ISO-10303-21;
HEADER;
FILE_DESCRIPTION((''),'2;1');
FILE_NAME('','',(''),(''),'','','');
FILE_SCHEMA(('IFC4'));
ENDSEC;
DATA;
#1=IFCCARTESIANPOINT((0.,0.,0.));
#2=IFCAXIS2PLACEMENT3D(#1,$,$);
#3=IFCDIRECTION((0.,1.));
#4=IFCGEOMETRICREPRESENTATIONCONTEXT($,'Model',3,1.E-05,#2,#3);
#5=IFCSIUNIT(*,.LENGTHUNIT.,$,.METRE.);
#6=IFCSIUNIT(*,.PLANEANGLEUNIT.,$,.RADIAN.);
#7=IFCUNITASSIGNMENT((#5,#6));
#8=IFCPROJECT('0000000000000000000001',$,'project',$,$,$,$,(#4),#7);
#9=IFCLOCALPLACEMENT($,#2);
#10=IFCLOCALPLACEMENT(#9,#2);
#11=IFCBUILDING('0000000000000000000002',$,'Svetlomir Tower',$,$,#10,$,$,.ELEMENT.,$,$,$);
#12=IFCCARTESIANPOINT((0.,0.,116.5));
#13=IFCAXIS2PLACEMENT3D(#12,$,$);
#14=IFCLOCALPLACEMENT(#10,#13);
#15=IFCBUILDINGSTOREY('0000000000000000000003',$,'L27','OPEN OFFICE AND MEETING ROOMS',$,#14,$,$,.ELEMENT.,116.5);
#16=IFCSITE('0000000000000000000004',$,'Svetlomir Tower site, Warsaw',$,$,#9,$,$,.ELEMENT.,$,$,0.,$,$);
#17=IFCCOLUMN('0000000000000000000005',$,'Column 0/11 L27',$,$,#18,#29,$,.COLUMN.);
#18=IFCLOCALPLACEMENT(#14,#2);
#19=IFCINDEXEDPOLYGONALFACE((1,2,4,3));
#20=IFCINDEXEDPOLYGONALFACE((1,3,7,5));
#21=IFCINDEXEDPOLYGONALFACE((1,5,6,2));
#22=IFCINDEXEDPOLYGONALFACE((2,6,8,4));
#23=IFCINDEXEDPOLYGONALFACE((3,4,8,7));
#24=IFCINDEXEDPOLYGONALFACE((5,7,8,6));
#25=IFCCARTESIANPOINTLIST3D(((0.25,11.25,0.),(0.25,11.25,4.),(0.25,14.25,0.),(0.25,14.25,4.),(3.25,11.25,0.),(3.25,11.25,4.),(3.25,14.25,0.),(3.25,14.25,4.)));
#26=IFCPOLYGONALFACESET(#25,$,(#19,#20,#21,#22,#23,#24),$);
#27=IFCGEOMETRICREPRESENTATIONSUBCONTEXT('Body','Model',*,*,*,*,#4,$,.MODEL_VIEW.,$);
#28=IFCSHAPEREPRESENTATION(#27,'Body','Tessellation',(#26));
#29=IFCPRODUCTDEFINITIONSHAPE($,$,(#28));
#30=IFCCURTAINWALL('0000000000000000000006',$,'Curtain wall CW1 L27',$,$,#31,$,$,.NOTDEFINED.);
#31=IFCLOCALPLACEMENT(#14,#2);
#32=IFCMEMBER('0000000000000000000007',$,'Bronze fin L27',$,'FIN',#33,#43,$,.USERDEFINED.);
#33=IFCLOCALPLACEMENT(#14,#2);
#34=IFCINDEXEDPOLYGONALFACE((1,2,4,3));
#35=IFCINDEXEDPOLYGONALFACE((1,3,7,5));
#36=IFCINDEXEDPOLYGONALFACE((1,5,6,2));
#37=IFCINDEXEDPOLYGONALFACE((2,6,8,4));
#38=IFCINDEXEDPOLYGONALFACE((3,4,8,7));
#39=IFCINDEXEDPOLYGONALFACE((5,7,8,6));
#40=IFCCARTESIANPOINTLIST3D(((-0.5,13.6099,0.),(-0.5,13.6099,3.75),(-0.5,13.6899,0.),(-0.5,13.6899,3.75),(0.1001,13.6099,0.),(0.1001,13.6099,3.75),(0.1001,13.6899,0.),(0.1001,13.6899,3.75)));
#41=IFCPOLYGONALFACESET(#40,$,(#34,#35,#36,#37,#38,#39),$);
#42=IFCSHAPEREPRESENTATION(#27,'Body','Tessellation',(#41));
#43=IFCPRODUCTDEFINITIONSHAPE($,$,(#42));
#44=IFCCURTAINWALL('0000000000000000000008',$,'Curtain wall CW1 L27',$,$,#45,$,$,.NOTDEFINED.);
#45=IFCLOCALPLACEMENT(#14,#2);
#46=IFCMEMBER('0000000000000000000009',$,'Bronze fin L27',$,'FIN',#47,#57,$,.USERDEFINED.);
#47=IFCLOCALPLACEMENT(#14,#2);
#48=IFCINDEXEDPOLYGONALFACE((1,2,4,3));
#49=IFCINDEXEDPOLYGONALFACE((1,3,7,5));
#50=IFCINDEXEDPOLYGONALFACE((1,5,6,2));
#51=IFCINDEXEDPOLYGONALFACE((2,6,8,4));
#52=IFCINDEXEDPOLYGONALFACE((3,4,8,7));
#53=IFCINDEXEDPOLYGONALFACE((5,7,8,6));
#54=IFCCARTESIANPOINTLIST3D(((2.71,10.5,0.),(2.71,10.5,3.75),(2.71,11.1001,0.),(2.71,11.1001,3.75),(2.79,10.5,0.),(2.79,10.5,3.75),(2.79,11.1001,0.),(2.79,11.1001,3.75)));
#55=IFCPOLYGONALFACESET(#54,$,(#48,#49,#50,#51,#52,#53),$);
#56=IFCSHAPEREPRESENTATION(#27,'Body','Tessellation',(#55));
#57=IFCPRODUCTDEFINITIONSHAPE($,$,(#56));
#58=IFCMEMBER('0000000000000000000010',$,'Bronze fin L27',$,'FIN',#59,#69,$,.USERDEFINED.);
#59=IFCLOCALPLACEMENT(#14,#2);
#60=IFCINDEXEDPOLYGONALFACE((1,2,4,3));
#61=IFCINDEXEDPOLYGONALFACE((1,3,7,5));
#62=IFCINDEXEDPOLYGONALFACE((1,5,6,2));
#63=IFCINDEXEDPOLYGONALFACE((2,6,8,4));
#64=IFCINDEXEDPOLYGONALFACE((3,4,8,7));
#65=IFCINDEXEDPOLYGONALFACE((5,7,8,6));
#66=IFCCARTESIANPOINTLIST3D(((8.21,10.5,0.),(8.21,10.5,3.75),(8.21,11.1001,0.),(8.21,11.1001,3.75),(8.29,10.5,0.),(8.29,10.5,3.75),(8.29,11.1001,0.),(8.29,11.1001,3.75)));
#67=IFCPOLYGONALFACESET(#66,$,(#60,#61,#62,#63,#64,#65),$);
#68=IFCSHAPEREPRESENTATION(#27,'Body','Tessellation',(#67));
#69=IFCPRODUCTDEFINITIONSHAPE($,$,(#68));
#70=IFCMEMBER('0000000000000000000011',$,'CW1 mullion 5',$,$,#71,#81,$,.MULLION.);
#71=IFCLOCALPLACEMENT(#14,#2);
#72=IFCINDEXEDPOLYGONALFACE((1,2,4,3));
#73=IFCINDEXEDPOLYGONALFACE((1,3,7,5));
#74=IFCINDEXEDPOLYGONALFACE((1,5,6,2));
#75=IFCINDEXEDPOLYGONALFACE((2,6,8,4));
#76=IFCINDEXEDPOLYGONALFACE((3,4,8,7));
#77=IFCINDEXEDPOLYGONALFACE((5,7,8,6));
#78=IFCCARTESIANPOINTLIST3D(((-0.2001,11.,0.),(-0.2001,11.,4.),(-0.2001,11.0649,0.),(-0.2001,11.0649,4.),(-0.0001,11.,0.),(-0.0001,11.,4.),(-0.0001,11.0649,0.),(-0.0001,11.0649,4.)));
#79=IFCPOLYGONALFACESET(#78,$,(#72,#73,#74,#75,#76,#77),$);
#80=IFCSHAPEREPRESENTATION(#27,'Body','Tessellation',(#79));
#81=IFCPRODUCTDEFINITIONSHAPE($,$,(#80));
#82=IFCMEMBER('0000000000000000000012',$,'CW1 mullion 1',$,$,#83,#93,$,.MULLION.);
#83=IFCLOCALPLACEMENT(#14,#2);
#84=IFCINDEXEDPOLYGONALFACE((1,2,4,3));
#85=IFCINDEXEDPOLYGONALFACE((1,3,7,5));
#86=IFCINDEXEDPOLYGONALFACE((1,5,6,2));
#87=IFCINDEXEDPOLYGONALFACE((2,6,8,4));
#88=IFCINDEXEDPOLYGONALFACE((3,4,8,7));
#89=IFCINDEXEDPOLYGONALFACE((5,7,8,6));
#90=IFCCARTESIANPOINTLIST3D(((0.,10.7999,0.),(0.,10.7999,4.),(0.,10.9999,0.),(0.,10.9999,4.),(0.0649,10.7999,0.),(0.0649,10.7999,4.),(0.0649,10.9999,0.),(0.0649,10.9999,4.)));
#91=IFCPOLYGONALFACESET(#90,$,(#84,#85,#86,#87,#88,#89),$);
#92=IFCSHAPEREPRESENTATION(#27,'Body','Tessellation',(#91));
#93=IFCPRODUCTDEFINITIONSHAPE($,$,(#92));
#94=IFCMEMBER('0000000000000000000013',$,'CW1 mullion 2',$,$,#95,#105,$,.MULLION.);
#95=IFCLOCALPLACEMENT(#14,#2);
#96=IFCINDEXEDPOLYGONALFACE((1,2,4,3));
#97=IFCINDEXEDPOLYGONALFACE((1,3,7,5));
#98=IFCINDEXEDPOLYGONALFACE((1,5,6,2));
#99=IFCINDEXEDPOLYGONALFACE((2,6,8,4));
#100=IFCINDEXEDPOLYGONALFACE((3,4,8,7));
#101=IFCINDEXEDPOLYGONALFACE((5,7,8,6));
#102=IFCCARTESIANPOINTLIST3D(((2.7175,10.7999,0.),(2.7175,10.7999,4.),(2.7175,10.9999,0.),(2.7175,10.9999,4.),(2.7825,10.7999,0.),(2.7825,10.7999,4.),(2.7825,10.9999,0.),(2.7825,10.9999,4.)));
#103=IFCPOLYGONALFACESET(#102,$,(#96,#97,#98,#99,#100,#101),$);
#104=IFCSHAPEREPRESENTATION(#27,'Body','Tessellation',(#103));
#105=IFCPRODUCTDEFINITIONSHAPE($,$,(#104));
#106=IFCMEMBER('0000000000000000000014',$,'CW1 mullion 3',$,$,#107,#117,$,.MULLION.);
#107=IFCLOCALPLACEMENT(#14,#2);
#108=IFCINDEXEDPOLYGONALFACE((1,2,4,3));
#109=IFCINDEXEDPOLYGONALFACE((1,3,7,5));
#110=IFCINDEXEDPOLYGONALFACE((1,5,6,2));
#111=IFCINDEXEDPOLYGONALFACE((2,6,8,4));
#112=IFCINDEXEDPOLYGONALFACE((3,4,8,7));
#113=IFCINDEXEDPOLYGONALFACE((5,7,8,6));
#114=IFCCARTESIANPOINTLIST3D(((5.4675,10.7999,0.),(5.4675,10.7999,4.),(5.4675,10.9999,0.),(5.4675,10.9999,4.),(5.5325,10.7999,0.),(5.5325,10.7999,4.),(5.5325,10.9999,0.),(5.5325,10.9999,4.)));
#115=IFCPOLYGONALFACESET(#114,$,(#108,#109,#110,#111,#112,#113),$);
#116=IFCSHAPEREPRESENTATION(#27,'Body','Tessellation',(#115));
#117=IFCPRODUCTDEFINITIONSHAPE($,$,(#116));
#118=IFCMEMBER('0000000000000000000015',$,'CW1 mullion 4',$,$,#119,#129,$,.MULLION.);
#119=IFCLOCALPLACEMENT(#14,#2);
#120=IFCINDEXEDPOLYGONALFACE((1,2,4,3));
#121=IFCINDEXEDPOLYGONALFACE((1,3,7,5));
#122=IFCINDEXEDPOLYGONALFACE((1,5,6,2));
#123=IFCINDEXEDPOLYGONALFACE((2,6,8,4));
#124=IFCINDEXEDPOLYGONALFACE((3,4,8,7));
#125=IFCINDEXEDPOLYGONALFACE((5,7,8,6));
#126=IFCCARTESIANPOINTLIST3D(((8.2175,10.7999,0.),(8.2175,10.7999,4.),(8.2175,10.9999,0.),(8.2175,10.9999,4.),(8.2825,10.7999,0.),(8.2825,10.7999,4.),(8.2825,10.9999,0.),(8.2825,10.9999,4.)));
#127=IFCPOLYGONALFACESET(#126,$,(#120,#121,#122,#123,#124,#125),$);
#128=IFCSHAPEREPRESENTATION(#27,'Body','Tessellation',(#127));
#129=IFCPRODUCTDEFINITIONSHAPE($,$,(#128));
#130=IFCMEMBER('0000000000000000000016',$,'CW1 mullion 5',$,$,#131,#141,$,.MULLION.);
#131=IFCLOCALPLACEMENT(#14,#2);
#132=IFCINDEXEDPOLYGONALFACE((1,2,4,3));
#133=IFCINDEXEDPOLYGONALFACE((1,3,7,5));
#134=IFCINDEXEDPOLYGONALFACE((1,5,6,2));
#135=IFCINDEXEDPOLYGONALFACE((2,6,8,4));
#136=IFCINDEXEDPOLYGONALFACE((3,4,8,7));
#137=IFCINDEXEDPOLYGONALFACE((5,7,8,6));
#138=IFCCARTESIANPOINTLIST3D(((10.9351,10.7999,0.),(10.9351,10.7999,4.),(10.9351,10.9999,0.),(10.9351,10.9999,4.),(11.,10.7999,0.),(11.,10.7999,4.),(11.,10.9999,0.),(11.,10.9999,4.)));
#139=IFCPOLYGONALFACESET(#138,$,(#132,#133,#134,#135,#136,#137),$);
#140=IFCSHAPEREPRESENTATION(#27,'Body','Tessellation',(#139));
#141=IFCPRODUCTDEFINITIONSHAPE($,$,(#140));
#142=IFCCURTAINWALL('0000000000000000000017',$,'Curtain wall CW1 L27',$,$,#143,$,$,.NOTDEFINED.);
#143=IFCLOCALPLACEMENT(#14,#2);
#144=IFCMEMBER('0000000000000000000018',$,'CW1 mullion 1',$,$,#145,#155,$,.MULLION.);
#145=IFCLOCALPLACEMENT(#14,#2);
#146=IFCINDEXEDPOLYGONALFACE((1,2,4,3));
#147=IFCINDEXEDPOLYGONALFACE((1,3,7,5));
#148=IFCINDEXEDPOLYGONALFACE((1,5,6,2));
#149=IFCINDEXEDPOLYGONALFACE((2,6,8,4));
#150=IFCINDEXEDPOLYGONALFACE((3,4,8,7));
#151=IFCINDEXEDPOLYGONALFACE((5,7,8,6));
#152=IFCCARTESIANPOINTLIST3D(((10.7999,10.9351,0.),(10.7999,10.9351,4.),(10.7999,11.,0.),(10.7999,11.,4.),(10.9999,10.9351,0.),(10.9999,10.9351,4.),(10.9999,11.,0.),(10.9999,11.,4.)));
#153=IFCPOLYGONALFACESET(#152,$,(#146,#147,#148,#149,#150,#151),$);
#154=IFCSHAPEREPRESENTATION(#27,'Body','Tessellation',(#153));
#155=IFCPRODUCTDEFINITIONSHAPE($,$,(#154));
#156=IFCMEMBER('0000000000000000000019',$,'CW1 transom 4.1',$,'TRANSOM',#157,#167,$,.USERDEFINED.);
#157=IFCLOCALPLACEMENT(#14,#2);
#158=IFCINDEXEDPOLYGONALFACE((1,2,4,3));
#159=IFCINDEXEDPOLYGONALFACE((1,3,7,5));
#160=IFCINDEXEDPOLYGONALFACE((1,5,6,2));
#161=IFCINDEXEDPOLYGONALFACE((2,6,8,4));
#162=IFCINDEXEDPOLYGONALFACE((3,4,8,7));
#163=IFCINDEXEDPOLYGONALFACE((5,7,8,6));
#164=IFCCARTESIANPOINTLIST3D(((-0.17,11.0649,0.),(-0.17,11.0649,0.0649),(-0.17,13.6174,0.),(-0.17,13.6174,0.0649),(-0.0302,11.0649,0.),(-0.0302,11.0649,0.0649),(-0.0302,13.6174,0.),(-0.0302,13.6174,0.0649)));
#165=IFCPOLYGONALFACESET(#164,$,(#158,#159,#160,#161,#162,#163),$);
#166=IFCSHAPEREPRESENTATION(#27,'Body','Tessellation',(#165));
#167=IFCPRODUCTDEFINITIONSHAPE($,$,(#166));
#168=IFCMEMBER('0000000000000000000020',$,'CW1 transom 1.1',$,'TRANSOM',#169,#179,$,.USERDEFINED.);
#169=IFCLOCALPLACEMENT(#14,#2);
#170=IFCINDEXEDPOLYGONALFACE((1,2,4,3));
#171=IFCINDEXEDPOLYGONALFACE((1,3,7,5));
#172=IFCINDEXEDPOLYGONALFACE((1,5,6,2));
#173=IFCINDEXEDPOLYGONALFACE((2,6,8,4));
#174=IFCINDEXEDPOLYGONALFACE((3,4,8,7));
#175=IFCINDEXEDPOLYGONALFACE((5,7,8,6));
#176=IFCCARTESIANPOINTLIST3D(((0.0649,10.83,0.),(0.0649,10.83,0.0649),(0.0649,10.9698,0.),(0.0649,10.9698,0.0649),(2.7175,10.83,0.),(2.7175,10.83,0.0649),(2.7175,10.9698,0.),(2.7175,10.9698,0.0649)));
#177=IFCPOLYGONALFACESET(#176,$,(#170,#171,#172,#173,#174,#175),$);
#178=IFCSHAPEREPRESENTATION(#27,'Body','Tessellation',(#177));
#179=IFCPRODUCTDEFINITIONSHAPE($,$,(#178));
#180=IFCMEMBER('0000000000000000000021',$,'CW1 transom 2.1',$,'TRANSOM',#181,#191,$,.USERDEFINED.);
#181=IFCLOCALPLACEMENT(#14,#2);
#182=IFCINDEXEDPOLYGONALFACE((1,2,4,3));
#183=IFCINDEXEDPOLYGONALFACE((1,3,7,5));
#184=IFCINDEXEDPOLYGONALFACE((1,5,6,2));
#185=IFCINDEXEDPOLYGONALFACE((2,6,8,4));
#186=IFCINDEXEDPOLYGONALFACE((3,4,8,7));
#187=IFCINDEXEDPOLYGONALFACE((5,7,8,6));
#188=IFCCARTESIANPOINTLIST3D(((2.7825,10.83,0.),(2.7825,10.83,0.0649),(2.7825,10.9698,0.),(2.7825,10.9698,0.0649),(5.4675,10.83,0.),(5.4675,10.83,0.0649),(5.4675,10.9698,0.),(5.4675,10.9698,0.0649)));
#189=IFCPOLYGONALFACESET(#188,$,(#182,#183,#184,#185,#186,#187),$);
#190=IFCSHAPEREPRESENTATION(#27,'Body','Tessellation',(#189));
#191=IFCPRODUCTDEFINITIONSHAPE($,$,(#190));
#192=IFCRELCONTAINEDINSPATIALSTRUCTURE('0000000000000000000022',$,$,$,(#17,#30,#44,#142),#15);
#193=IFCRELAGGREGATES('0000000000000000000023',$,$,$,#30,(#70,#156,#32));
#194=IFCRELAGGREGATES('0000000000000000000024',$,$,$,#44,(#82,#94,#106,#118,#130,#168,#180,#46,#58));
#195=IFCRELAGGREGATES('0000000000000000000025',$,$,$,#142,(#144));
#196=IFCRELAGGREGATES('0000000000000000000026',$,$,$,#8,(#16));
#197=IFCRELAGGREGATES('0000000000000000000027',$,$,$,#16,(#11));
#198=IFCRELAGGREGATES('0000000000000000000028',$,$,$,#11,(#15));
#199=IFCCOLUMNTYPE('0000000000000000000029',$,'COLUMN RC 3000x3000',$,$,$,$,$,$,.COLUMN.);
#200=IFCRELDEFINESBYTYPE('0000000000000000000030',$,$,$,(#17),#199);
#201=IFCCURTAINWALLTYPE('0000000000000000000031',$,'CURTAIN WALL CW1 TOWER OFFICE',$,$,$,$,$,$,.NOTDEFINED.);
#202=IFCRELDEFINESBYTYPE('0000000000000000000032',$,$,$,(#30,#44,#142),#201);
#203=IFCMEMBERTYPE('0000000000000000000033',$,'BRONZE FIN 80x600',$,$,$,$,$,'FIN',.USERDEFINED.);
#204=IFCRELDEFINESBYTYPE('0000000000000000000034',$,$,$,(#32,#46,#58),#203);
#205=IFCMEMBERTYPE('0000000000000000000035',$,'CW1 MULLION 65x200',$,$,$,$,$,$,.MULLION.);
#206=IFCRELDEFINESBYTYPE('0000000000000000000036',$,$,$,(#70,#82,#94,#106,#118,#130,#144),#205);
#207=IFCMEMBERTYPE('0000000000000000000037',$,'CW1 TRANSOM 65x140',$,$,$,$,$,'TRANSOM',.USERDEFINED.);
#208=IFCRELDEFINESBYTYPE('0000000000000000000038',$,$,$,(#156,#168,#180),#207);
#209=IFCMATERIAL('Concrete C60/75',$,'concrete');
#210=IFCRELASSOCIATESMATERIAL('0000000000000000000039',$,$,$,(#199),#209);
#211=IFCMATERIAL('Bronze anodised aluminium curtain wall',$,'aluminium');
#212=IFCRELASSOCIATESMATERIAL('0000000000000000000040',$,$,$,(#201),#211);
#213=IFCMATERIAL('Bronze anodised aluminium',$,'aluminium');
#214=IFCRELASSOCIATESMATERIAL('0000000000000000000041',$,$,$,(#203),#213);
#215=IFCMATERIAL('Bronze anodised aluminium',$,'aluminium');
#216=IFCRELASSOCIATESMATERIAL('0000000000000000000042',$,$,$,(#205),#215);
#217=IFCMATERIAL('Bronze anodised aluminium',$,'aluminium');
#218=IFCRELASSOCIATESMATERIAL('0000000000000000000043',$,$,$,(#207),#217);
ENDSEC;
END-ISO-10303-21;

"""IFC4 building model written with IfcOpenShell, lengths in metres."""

from ifc_helpers import new_model, si_unit, direction, frame, origin, origin_2d, place, context, subcontext, project, spatial, rectangle, extrude, material, material_profile, profile_set, type_object, element, aggregate, save


model = new_model("IFC4")

# Units and contexts
model_context = context("Model", 3, precision=1e-05, world=origin(), true_north=direction((0.0, 1.0)))
body_context = subcontext(model_context, "Body", "Model", "MODEL_VIEW")
ifc_project = project(units=[si_unit("LENGTHUNIT", "METRE"), si_unit("PLANEANGLEUNIT", "RADIAN")], contexts=[model_context])

# Site, building, storey
site_placement = place(None, origin())
site = spatial("IfcSite", under=ifc_project, at=site_placement, Name="Svetlomir Tower site, Warsaw", CompositionType="ELEMENT", RefElevation=0.0)
building_placement = place(site_placement, origin())
building = spatial("IfcBuilding", under=site, at=building_placement, Name="Svetlomir Tower", CompositionType="ELEMENT")
storey_placement = place(building_placement, frame((0.0, 0.0, 116.5)))
storey = spatial("IfcBuildingStorey", under=building, at=storey_placement, Name="L27", Description="OPEN OFFICE AND MEETING ROOMS", CompositionType="ELEMENT", Elevation=116.5)

# Column
ifc_material_1 = material(Name="Concrete C60/75", Category="concrete")
ifc_material_profile_1 = material_profile(ifc_material_1, rectangle(XDim=3.0, YDim=3.0, at=origin_2d()), Name="RC 3000x3000")
ifc_profile_set_1 = profile_set([ifc_material_profile_1], Name="Concrete C60/75")
column_type = type_object("IfcColumnType", Name="COLUMN RC 3000x3000", PredefinedType="COLUMN", material=ifc_profile_set_1)
column_placement = place(storey_placement, frame((1.75, 12.75, 0.0), z_axis=(0.0, 0.0, 1.0), x_axis=(1.0, 0.0, 0.0)))
element("IfcColumn", 1, at=column_placement, inside=storey, type_object=column_type, Name="Column 0/11 L27", PredefinedType="COLUMN", context=body_context, shape_type="SweptSolid", body=[
    extrude(rectangle(XDim=3.0, YDim=3.0, at=origin_2d()), origin(), (0.0, 0.0, 1.0), 4.0),
])

# Curtain wall, member
ifc_material_2 = material(Name="Bronze anodised aluminium curtain wall", Category="aluminium")
curtain_wall_type = type_object("IfcCurtainWallType", Name="CURTAIN WALL CW1 TOWER OFFICE", PredefinedType="NOTDEFINED", material=ifc_material_2)
curtain_wall_1_placement = place(storey_placement, origin())
curtain_wall_1 = element("IfcCurtainWall", 2, at=curtain_wall_1_placement, inside=storey, type_object=curtain_wall_type, Name="Curtain wall CW1 L27", PredefinedType="NOTDEFINED")
ifc_material_3 = material(Name="Bronze anodised aluminium", Category="aluminium")
ifc_material_profile_2 = material_profile(ifc_material_3, rectangle(XDim=0.0801, YDim=0.6001, at=origin_2d()), Name="FIN 80x600")
ifc_profile_set_2 = profile_set([ifc_material_profile_2], Name="Bronze anodised aluminium 6063-T6")
member_type_1 = type_object("IfcMemberType", Name="BRONZE FIN 80x600", ElementType="FIN", PredefinedType="USERDEFINED", material=ifc_profile_set_2)
member_1_placement = place(storey_placement, frame((-0.2, 13.6499, 0.0), z_axis=(0.0, 0.0, 1.0), x_axis=(0.0, 1.0, 0.0)))
member_1 = element("IfcMember", 3, at=member_1_placement, type_object=member_type_1, Name="Bronze fin L27", ObjectType="FIN", PredefinedType="USERDEFINED", context=body_context, shape_type="SweptSolid", body=[
    extrude(rectangle(XDim=0.0801, YDim=0.6001, at=origin_2d()), origin(), (0.0, 0.0, 1.0), 3.75),
])

# Curtain wall, members
curtain_wall_2_placement = place(storey_placement, origin())
curtain_wall_2 = element("IfcCurtainWall", 4, at=curtain_wall_2_placement, inside=storey, type_object=curtain_wall_type, Name="Curtain wall CW1 L27", PredefinedType="NOTDEFINED")
member_2_placement = place(storey_placement, frame((2.75, 10.8, 0.0), z_axis=(0.0, 0.0, 1.0), x_axis=(1.0, 0.0, 0.0)))
member_2 = element("IfcMember", 5, at=member_2_placement, type_object=member_type_1, Name="Bronze fin L27", ObjectType="FIN", PredefinedType="USERDEFINED", context=body_context, shape_type="SweptSolid", body=[
    extrude(rectangle(XDim=0.0801, YDim=0.6001, at=origin_2d()), origin(), (0.0, 0.0, 1.0), 3.75),
])
member_3_placement = place(storey_placement, frame((8.25, 10.8, 0.0), z_axis=(0.0, 0.0, 1.0), x_axis=(1.0, 0.0, 0.0)))
member_3 = element("IfcMember", 6, at=member_3_placement, type_object=member_type_1, Name="Bronze fin L27", ObjectType="FIN", PredefinedType="USERDEFINED", context=body_context, shape_type="SweptSolid", body=[
    extrude(rectangle(XDim=0.0801, YDim=0.6001, at=origin_2d()), origin(), (0.0, 0.0, 1.0), 3.75),
])

# Members
ifc_material_4 = material(Name="Bronze anodised aluminium", Category="aluminium")
ifc_material_profile_3 = material_profile(ifc_material_4, rectangle(XDim=0.0649, YDim=0.2, at=origin_2d()), Name="AL 65x200")
ifc_profile_set_3 = profile_set([ifc_material_profile_3], Name="Bronze anodised aluminium 6063-T6")
member_type_2 = type_object("IfcMemberType", Name="CW1 MULLION 65x200", PredefinedType="MULLION", material=ifc_profile_set_3)
member_4_placement = place(storey_placement, frame((-0.1001, 11.0325, 0.0), z_axis=(0.0, 0.0, 1.0), x_axis=(0.0, -1.0, 0.0)))
member_4 = element("IfcMember", 7, at=member_4_placement, type_object=member_type_2, Name="CW1 mullion 5", PredefinedType="MULLION", context=body_context, shape_type="SweptSolid", body=[
    extrude(rectangle(XDim=0.0649, YDim=0.2, at=origin_2d()), origin(), (0.0, 0.0, 1.0), 4.0),
])
member_5_placement = place(storey_placement, frame((0.0325, 10.8999, 0.0), z_axis=(0.0, 0.0, 1.0), x_axis=(1.0, 0.0, 0.0)))
member_5 = element("IfcMember", 8, at=member_5_placement, type_object=member_type_2, Name="CW1 mullion 1", PredefinedType="MULLION", context=body_context, shape_type="SweptSolid", body=[
    extrude(rectangle(XDim=0.0649, YDim=0.2, at=origin_2d()), origin(), (0.0, 0.0, 1.0), 4.0),
])
member_6_placement = place(storey_placement, frame((2.75, 10.8999, 0.0), z_axis=(0.0, 0.0, 1.0), x_axis=(1.0, 0.0, 0.0)))
member_6 = element("IfcMember", 9, at=member_6_placement, type_object=member_type_2, Name="CW1 mullion 2", PredefinedType="MULLION", context=body_context, shape_type="SweptSolid", body=[
    extrude(rectangle(XDim=0.0649, YDim=0.2, at=origin_2d()), origin(), (0.0, 0.0, 1.0), 4.0),
])
member_7_placement = place(storey_placement, frame((5.5, 10.8999, 0.0), z_axis=(0.0, 0.0, 1.0), x_axis=(1.0, 0.0, 0.0)))
member_7 = element("IfcMember", 10, at=member_7_placement, type_object=member_type_2, Name="CW1 mullion 3", PredefinedType="MULLION", context=body_context, shape_type="SweptSolid", body=[
    extrude(rectangle(XDim=0.0649, YDim=0.2, at=origin_2d()), origin(), (0.0, 0.0, 1.0), 4.0),
])
member_8_placement = place(storey_placement, frame((8.25, 10.8999, 0.0), z_axis=(0.0, 0.0, 1.0), x_axis=(1.0, 0.0, 0.0)))
member_8 = element("IfcMember", 11, at=member_8_placement, type_object=member_type_2, Name="CW1 mullion 4", PredefinedType="MULLION", context=body_context, shape_type="SweptSolid", body=[
    extrude(rectangle(XDim=0.0649, YDim=0.2, at=origin_2d()), origin(), (0.0, 0.0, 1.0), 4.0),
])
member_9_placement = place(storey_placement, frame((10.9675, 10.8999, 0.0), z_axis=(0.0, 0.0, 1.0), x_axis=(1.0, 0.0, 0.0)))
member_9 = element("IfcMember", 12, at=member_9_placement, type_object=member_type_2, Name="CW1 mullion 5", PredefinedType="MULLION", context=body_context, shape_type="SweptSolid", body=[
    extrude(rectangle(XDim=0.0649, YDim=0.2, at=origin_2d()), origin(), (0.0, 0.0, 1.0), 4.0),
])

# Curtain wall, member
curtain_wall_3_placement = place(storey_placement, origin())
curtain_wall_3 = element("IfcCurtainWall", 13, at=curtain_wall_3_placement, inside=storey, type_object=curtain_wall_type, Name="Curtain wall CW1 L27", PredefinedType="NOTDEFINED")
member_10_placement = place(storey_placement, frame((10.8999, 10.9675, 0.0), z_axis=(0.0, 0.0, 1.0), x_axis=(0.0, -1.0, 0.0)))
member_10 = element("IfcMember", 14, at=member_10_placement, type_object=member_type_2, Name="CW1 mullion 1", PredefinedType="MULLION", context=body_context, shape_type="SweptSolid", body=[
    extrude(rectangle(XDim=0.0649, YDim=0.2, at=origin_2d()), origin(), (0.0, 0.0, 1.0), 4.0),
])

# Members
ifc_material_5 = material(Name="Bronze anodised aluminium", Category="aluminium")
ifc_material_profile_4 = material_profile(ifc_material_5, rectangle(XDim=0.1399, YDim=0.0649, at=origin_2d()), Name="AL 140x65")
ifc_profile_set_4 = profile_set([ifc_material_profile_4], Name="Bronze anodised aluminium 6063-T6")
member_type_3 = type_object("IfcMemberType", Name="CW1 TRANSOM 65x140", ElementType="TRANSOM", PredefinedType="USERDEFINED", material=ifc_profile_set_4)
member_11_placement = place(storey_placement, frame((-0.1001, 13.6174, 0.0325), z_axis=(0.0, -1.0, 0.0), x_axis=(1.0, 0.0, 0.0)))
member_11 = element("IfcMember", 15, at=member_11_placement, type_object=member_type_3, Name="CW1 transom 4.1", ObjectType="TRANSOM", PredefinedType="USERDEFINED", context=body_context, shape_type="SweptSolid", body=[
    extrude(rectangle(XDim=0.1399, YDim=0.0649, at=origin_2d()), origin(), (0.0, 0.0, 1.0), 2.5525),
])
member_12_placement = place(storey_placement, frame((0.0649, 10.8999, 0.0325), z_axis=(1.0, 0.0, 0.0), x_axis=(0.0, 1.0, 0.0)))
member_12 = element("IfcMember", 16, at=member_12_placement, type_object=member_type_3, Name="CW1 transom 1.1", ObjectType="TRANSOM", PredefinedType="USERDEFINED", context=body_context, shape_type="SweptSolid", body=[
    extrude(rectangle(XDim=0.1399, YDim=0.0649, at=origin_2d()), origin(), (0.0, 0.0, 1.0), 2.6526),
])
member_13_placement = place(storey_placement, frame((2.7825, 10.8999, 0.0325), z_axis=(1.0, 0.0, 0.0), x_axis=(0.0, 1.0, 0.0)))
member_13 = element("IfcMember", 17, at=member_13_placement, type_object=member_type_3, Name="CW1 transom 2.1", ObjectType="TRANSOM", PredefinedType="USERDEFINED", context=body_context, shape_type="SweptSolid", body=[
    extrude(rectangle(XDim=0.1399, YDim=0.0649, at=origin_2d()), origin(), (0.0, 0.0, 1.0), 2.6851),
])

aggregate(curtain_wall_1, [member_4, member_11, member_1])
aggregate(curtain_wall_2, [member_5, member_6, member_7, member_8, member_9, member_12, member_13, member_2, member_3])
aggregate(curtain_wall_3, [member_10])

save(model, "model.ifc")
